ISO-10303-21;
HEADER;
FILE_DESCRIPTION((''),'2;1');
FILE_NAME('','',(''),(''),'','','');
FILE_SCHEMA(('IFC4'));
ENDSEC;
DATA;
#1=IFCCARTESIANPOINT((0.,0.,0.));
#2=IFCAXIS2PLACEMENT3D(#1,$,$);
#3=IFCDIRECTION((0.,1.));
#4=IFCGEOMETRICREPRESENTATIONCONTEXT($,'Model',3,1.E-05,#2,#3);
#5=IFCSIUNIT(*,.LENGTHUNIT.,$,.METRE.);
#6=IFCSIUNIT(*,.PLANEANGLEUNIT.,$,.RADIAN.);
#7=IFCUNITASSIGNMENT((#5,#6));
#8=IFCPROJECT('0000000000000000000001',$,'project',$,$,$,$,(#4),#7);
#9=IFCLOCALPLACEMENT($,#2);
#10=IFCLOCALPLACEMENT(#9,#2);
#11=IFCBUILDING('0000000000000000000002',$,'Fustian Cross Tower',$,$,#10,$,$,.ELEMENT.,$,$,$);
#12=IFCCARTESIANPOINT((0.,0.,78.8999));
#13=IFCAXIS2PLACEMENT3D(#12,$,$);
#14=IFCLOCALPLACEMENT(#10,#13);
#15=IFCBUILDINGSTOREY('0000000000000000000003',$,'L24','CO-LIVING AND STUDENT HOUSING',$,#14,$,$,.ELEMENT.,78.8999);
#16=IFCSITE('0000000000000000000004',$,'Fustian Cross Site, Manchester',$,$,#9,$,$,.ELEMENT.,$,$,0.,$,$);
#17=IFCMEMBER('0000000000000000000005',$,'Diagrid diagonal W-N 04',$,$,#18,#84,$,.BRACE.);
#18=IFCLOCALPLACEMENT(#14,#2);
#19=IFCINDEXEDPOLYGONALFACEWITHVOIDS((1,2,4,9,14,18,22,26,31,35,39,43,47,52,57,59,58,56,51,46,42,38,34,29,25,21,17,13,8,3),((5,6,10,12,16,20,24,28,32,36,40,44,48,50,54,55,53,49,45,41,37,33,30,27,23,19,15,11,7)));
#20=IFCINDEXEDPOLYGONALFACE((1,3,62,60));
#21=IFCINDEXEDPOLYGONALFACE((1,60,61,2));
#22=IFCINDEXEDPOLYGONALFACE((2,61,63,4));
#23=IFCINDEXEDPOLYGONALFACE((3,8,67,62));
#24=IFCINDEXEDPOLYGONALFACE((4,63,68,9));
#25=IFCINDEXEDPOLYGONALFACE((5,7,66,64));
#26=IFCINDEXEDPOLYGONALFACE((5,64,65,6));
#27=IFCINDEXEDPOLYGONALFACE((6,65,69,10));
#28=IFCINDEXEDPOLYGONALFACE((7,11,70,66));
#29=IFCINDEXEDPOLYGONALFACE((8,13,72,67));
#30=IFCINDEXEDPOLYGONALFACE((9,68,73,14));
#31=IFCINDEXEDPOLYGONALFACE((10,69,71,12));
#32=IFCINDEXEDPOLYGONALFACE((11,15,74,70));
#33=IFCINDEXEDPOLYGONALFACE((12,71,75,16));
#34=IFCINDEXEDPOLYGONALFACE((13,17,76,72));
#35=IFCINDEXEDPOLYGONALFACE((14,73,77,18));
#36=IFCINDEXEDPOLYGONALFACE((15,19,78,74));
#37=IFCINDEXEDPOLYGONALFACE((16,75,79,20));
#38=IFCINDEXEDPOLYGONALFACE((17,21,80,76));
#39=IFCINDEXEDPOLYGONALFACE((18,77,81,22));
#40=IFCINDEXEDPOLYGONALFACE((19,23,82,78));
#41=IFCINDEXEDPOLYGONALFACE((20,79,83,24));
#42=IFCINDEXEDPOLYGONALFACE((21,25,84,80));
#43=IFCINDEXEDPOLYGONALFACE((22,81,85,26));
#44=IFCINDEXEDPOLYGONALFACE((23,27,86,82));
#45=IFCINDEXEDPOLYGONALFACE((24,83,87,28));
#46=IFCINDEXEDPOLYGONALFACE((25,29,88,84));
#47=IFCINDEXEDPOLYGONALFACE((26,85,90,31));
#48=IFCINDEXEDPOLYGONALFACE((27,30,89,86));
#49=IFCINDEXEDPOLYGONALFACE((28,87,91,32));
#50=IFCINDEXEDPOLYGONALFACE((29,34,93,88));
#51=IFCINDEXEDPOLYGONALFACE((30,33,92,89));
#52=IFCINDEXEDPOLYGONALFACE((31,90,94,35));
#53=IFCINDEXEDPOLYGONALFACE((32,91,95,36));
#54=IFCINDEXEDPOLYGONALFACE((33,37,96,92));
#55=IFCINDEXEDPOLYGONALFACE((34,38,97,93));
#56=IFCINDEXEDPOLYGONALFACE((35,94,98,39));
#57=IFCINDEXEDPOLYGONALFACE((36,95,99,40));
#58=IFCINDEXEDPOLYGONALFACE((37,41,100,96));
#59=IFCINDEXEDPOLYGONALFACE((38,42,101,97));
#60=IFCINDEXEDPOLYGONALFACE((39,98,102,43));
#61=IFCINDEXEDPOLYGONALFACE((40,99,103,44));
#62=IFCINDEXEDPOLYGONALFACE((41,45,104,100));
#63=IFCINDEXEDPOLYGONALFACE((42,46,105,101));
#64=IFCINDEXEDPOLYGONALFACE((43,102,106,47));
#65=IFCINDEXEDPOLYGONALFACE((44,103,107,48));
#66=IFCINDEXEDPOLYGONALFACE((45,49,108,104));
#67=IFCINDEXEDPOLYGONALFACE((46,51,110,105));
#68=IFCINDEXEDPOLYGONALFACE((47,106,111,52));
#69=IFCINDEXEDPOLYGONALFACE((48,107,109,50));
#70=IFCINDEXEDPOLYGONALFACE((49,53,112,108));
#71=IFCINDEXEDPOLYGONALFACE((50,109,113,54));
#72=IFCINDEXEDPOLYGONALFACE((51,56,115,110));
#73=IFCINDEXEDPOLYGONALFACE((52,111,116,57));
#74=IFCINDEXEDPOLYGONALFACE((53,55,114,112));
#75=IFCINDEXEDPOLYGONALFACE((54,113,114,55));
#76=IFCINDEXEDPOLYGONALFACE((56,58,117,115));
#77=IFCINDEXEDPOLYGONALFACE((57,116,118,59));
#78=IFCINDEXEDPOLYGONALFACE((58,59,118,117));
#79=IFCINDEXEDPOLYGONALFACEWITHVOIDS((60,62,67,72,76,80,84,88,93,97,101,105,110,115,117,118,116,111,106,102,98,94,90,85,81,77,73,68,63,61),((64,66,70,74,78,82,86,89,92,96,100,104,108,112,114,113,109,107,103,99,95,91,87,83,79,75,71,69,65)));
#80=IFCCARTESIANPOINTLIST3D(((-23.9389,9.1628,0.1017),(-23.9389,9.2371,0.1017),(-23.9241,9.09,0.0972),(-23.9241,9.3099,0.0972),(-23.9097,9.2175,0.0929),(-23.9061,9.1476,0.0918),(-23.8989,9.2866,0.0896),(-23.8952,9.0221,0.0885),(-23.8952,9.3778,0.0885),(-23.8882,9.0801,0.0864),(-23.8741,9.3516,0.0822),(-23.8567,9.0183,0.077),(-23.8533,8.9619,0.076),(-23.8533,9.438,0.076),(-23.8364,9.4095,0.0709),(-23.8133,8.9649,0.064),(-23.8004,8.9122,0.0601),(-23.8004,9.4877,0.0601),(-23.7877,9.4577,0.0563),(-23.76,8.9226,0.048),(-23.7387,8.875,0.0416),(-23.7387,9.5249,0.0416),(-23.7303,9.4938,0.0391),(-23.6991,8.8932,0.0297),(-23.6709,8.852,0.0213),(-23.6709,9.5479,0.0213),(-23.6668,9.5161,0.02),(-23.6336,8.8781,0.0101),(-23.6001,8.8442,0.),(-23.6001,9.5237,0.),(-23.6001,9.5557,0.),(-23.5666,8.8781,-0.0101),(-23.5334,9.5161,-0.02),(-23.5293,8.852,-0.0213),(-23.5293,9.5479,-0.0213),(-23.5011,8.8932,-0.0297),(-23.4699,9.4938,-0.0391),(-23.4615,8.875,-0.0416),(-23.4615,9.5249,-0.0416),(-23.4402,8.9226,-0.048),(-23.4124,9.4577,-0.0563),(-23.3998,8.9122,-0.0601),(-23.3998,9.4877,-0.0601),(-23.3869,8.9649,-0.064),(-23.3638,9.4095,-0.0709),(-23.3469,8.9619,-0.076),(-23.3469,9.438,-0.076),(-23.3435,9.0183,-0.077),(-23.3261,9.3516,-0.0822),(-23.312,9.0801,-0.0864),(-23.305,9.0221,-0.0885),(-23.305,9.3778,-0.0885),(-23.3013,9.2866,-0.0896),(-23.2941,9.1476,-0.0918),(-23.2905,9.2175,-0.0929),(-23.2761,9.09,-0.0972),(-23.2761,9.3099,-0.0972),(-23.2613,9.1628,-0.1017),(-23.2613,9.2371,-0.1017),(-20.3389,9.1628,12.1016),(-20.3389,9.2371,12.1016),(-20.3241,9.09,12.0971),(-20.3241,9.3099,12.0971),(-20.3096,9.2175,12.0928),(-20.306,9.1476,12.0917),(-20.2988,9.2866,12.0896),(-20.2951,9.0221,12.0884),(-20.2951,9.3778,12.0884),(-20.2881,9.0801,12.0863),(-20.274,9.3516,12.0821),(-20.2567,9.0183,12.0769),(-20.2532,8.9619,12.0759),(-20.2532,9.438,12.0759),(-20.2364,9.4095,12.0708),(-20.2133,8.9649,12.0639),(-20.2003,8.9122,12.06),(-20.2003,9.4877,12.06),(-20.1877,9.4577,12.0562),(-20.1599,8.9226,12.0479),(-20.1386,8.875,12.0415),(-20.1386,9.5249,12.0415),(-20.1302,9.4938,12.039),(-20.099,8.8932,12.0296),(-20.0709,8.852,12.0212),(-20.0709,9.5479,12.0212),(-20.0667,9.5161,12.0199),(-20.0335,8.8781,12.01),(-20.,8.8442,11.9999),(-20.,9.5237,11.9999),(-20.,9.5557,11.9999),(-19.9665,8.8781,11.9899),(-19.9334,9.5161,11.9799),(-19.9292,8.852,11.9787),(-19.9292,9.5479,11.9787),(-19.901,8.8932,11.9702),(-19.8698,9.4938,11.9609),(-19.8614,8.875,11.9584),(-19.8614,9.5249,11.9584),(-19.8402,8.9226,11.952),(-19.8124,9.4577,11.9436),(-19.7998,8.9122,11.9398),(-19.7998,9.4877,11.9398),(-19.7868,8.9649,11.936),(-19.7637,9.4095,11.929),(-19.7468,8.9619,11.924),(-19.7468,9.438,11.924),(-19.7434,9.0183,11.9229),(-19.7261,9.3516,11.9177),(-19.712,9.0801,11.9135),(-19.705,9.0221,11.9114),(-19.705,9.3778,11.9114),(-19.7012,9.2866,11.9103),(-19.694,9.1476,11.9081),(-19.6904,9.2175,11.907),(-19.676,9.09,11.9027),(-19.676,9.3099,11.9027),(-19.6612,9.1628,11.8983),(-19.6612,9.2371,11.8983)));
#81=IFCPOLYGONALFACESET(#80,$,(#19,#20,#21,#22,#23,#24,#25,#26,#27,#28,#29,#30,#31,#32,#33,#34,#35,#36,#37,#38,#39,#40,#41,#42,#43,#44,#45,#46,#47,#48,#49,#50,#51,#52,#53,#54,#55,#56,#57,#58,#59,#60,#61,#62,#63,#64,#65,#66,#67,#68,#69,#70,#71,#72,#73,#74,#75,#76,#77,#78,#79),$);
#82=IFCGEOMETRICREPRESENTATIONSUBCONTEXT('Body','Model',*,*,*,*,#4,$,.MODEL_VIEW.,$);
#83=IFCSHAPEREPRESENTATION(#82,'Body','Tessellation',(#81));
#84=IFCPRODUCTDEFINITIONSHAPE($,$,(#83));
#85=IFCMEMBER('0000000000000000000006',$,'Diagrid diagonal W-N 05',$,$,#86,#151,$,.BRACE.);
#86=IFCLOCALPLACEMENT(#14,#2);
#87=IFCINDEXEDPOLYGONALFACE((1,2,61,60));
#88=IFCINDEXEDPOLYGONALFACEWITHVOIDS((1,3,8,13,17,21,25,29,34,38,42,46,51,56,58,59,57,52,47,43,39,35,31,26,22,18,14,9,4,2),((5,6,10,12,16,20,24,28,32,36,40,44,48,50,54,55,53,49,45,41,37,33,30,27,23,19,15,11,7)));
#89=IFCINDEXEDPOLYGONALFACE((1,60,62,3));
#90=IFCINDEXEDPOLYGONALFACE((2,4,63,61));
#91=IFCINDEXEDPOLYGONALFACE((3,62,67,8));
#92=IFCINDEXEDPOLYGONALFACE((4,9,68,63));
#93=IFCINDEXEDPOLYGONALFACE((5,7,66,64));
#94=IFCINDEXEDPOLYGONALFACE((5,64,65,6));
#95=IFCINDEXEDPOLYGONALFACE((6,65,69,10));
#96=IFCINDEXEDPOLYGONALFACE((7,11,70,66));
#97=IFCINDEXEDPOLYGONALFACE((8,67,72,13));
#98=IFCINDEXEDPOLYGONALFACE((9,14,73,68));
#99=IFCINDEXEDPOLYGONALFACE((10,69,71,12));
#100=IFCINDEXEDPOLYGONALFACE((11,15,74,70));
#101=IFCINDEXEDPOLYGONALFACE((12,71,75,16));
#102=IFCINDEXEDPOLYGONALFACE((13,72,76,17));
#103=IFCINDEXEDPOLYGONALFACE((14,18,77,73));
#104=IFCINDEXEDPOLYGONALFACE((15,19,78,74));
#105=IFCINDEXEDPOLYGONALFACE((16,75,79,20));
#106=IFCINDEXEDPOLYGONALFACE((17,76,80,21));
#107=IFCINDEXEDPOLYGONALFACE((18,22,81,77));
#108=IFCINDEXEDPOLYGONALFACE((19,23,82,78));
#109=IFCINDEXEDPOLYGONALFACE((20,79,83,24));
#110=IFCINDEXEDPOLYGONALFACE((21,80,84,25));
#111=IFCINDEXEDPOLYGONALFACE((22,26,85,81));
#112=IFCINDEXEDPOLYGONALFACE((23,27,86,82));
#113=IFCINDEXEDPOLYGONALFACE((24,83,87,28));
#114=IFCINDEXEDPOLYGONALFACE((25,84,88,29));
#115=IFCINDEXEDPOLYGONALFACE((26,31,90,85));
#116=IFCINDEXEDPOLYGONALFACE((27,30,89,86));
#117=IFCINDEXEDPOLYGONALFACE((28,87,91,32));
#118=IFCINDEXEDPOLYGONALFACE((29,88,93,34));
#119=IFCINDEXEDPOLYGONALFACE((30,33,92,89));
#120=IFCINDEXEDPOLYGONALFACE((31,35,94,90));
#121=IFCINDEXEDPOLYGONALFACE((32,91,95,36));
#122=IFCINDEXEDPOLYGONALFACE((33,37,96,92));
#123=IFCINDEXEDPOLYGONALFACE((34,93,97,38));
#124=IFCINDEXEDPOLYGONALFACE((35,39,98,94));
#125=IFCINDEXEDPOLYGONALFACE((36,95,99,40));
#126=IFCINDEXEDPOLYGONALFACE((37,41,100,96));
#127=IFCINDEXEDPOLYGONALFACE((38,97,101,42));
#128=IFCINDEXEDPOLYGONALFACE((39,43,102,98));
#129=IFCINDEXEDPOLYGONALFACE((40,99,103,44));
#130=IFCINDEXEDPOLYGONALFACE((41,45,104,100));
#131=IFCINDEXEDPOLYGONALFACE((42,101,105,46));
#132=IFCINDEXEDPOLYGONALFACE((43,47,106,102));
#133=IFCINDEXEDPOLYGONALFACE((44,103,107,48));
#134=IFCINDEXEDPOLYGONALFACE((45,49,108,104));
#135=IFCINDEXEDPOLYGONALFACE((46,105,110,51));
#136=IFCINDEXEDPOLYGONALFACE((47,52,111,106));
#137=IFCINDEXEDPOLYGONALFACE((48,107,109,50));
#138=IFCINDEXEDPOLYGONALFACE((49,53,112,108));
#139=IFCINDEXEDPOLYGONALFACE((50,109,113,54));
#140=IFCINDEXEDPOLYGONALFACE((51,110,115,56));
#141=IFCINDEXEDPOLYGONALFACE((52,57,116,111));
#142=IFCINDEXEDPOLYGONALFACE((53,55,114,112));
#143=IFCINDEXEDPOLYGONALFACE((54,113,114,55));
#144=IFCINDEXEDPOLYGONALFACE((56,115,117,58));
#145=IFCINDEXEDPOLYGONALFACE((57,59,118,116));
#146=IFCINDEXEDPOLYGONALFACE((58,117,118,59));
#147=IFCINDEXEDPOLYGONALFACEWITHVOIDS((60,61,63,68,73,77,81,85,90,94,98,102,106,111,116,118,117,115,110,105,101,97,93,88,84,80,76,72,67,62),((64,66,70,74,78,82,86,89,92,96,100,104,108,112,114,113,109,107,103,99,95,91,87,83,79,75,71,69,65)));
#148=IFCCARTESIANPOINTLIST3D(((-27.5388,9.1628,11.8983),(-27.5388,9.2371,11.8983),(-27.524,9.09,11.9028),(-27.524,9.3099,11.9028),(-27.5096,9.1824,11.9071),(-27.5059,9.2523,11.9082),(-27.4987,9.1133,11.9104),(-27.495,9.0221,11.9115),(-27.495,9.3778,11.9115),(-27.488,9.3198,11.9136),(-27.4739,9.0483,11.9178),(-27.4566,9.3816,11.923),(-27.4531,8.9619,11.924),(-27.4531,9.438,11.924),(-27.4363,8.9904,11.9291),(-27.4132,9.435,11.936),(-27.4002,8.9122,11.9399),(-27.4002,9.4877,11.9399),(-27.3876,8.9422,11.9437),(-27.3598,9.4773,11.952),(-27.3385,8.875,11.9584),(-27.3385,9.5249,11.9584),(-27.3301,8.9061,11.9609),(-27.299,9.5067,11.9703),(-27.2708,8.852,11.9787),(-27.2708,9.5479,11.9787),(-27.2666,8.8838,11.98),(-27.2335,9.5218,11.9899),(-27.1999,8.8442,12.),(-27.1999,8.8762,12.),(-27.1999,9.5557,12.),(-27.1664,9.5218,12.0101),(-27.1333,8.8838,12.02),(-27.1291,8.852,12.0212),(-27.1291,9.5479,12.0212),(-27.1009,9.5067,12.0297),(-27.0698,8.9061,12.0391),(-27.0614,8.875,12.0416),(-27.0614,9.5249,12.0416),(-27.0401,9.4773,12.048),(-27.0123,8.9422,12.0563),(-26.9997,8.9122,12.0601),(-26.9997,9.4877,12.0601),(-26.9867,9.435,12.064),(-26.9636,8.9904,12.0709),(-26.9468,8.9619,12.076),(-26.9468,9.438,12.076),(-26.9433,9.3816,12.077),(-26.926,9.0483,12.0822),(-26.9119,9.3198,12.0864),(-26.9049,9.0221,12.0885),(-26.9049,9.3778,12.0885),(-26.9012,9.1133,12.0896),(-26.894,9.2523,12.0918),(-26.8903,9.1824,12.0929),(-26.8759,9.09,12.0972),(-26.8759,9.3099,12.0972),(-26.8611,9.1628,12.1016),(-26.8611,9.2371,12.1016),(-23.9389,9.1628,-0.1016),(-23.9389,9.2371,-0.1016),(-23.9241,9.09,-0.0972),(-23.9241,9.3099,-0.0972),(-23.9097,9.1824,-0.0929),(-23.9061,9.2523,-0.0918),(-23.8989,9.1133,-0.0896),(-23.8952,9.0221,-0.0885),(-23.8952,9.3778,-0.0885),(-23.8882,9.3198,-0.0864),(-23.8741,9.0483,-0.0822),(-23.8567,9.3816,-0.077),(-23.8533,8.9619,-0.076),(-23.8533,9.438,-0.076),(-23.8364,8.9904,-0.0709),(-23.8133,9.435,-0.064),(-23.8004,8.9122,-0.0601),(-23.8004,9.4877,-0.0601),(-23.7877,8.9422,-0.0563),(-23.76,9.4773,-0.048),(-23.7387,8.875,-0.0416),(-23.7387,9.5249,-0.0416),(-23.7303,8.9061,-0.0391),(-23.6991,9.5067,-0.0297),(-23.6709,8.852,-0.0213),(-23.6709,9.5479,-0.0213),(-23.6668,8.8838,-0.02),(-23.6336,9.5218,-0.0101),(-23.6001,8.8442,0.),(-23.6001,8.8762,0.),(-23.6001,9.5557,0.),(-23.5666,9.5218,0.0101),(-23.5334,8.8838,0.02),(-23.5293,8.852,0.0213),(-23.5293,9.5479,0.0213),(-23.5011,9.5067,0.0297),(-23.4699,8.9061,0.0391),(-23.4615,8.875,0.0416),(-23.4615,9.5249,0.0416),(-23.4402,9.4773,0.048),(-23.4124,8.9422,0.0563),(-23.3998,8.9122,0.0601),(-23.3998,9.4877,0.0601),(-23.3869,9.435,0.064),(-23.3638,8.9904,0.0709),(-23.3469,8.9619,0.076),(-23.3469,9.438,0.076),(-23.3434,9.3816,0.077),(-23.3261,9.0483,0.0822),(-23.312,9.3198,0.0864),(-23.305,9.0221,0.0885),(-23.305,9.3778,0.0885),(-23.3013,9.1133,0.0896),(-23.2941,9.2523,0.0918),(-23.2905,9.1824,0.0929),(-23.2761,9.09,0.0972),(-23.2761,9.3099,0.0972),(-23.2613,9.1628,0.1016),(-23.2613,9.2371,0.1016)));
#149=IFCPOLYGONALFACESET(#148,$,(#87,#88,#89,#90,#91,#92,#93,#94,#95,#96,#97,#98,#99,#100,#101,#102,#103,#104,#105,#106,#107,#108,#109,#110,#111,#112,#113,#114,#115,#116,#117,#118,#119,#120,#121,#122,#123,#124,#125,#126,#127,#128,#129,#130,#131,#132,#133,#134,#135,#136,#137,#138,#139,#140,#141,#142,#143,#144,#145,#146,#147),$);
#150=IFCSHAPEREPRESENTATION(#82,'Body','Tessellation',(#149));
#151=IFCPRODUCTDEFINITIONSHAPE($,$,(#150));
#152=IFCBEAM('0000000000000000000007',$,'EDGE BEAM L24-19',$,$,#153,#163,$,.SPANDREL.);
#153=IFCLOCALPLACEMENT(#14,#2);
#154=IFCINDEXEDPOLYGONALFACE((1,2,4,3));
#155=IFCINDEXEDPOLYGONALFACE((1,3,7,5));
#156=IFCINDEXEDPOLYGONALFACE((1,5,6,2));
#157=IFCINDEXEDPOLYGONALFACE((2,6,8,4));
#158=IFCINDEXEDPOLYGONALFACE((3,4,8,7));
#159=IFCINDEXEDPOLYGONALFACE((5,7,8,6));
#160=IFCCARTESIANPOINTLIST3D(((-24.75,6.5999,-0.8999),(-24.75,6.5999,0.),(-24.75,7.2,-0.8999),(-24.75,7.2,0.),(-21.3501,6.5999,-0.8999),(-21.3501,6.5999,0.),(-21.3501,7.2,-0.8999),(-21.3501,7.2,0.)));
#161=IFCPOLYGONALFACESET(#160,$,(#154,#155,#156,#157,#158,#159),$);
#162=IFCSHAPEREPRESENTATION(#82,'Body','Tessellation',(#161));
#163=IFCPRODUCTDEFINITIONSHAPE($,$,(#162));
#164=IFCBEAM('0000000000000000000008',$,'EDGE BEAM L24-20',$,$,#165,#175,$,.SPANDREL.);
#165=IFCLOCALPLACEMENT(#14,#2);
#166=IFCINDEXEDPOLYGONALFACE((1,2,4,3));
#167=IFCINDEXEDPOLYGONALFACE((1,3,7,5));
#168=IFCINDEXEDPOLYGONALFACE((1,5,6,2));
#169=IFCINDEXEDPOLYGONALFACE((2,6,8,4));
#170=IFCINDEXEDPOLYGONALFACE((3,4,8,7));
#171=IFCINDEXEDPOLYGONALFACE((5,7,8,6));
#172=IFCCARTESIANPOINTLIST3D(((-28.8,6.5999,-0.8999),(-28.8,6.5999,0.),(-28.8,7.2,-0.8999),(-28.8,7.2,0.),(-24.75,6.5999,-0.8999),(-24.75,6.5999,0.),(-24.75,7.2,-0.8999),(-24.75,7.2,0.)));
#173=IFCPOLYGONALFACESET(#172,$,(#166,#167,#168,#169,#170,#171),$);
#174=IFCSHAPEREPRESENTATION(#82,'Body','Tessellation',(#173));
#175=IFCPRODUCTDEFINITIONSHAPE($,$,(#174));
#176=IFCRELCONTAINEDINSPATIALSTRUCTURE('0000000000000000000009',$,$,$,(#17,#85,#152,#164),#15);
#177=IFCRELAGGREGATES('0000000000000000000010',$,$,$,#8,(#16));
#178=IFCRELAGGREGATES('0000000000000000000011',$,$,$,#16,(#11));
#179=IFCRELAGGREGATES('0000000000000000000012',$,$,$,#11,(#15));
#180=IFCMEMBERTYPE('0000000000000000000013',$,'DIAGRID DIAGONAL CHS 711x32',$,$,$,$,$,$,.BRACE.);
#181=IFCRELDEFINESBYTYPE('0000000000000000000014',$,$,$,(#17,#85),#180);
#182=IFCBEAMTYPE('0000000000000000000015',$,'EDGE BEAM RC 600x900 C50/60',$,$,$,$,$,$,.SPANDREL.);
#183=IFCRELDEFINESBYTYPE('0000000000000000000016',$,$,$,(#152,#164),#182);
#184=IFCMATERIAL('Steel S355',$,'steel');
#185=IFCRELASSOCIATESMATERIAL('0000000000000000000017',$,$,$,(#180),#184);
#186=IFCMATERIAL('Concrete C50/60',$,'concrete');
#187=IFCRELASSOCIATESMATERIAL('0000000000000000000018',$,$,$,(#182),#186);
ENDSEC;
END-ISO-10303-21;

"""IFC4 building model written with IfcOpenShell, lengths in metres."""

from ifc_helpers import new_model, si_unit, direction, frame, origin, origin_2d, place, context, subcontext, project, spatial, rectangle, hollow_circle, extrude, material, material_profile, profile_set, type_object, element, save


model = new_model("IFC4")

# Units and contexts
model_context = context("Model", 3, precision=1e-05, world=origin(), true_north=direction((0.0, 1.0)))
body_context = subcontext(model_context, "Body", "Model", "MODEL_VIEW")
ifc_project = project(units=[si_unit("LENGTHUNIT", "METRE"), si_unit("PLANEANGLEUNIT", "RADIAN")], contexts=[model_context])

# Site, building, storey
site_placement = place(None, origin())
site = spatial("IfcSite", under=ifc_project, at=site_placement, Name="Fustian Cross Site, Manchester", CompositionType="ELEMENT", RefElevation=0.0)
building_placement = place(site_placement, origin())
building = spatial("IfcBuilding", under=site, at=building_placement, Name="Fustian Cross Tower", CompositionType="ELEMENT")
storey_placement = place(building_placement, frame((0.0, 0.0, 78.8999)))
storey = spatial("IfcBuildingStorey", under=building, at=storey_placement, Name="L24", Description="CO-LIVING AND STUDENT HOUSING", CompositionType="ELEMENT", Elevation=78.8999)

# Members
ifc_material_1 = material(Name="Steel S355", Category="steel")
ifc_material_profile_1 = material_profile(ifc_material_1, hollow_circle(Radius=0.3557, WallThickness=0.032, at=origin_2d()), Name="CHS 711x32")
ifc_profile_set_1 = profile_set([ifc_material_profile_1], Name="Steel S355")
member_type = type_object("IfcMemberType", Name="DIAGRID DIAGONAL CHS 711x32", PredefinedType="BRACE", material=ifc_profile_set_1)
for number, where, z_axis, x_axis, name in (
    (1, (-23.6001, 9.2, 0.0), (0.287355, 0.0, 0.957824), (0.0, 1.0, 0.0), "Diagrid diagonal W-N 04"),
    (2, (-23.6001, 9.2, 0.0), (-0.287337, 0.0, 0.95783), (0.0, -1.0, 0.0), "Diagrid diagonal W-N 05"),
):
    element("IfcMember", number, at=place(storey_placement, frame(where, z_axis=z_axis, x_axis=x_axis)), inside=storey, type_object=member_type, Name=name, PredefinedType="BRACE", context=body_context, shape_type="SweptSolid", body=[
        extrude(hollow_circle(Radius=0.3557, WallThickness=0.032, at=origin_2d()), origin(), (0.0, 0.0, 1.0), 12.5283),
    ])

# Beams
ifc_material_2 = material(Name="Concrete C50/60", Category="concrete")
ifc_material_profile_2 = material_profile(ifc_material_2, rectangle(XDim=0.6001, YDim=0.8999, at=origin_2d()), Name="RC 600x900")
ifc_profile_set_2 = profile_set([ifc_material_profile_2], Name="Concrete C50/60")
beam_type = type_object("IfcBeamType", Name="EDGE BEAM RC 600x900 C50/60", PredefinedType="SPANDREL", material=ifc_profile_set_2)
beam_1_placement = place(storey_placement, frame((-21.3501, 6.8999, -0.45), z_axis=(-1.0, 0.0, 0.0), x_axis=(0.0, -1.0, 0.0)))
element("IfcBeam", 3, at=beam_1_placement, inside=storey, type_object=beam_type, Name="EDGE BEAM L24-19", PredefinedType="SPANDREL", context=body_context, shape_type="SweptSolid", body=[
    extrude(rectangle(XDim=0.6001, YDim=0.8999, at=origin_2d()), origin(), (0.0, 0.0, 1.0), 3.3999),
])
beam_2_placement = place(storey_placement, frame((-24.75, 6.8999, -0.45), z_axis=(-1.0, 0.0, 0.0), x_axis=(0.0, -1.0, 0.0)))
element("IfcBeam", 4, at=beam_2_placement, inside=storey, type_object=beam_type, Name="EDGE BEAM L24-20", PredefinedType="SPANDREL", context=body_context, shape_type="SweptSolid", body=[
    extrude(rectangle(XDim=0.6001, YDim=0.8999, at=origin_2d()), origin(), (0.0, 0.0, 1.0), 4.05),
])

save(model, "model.ifc")
